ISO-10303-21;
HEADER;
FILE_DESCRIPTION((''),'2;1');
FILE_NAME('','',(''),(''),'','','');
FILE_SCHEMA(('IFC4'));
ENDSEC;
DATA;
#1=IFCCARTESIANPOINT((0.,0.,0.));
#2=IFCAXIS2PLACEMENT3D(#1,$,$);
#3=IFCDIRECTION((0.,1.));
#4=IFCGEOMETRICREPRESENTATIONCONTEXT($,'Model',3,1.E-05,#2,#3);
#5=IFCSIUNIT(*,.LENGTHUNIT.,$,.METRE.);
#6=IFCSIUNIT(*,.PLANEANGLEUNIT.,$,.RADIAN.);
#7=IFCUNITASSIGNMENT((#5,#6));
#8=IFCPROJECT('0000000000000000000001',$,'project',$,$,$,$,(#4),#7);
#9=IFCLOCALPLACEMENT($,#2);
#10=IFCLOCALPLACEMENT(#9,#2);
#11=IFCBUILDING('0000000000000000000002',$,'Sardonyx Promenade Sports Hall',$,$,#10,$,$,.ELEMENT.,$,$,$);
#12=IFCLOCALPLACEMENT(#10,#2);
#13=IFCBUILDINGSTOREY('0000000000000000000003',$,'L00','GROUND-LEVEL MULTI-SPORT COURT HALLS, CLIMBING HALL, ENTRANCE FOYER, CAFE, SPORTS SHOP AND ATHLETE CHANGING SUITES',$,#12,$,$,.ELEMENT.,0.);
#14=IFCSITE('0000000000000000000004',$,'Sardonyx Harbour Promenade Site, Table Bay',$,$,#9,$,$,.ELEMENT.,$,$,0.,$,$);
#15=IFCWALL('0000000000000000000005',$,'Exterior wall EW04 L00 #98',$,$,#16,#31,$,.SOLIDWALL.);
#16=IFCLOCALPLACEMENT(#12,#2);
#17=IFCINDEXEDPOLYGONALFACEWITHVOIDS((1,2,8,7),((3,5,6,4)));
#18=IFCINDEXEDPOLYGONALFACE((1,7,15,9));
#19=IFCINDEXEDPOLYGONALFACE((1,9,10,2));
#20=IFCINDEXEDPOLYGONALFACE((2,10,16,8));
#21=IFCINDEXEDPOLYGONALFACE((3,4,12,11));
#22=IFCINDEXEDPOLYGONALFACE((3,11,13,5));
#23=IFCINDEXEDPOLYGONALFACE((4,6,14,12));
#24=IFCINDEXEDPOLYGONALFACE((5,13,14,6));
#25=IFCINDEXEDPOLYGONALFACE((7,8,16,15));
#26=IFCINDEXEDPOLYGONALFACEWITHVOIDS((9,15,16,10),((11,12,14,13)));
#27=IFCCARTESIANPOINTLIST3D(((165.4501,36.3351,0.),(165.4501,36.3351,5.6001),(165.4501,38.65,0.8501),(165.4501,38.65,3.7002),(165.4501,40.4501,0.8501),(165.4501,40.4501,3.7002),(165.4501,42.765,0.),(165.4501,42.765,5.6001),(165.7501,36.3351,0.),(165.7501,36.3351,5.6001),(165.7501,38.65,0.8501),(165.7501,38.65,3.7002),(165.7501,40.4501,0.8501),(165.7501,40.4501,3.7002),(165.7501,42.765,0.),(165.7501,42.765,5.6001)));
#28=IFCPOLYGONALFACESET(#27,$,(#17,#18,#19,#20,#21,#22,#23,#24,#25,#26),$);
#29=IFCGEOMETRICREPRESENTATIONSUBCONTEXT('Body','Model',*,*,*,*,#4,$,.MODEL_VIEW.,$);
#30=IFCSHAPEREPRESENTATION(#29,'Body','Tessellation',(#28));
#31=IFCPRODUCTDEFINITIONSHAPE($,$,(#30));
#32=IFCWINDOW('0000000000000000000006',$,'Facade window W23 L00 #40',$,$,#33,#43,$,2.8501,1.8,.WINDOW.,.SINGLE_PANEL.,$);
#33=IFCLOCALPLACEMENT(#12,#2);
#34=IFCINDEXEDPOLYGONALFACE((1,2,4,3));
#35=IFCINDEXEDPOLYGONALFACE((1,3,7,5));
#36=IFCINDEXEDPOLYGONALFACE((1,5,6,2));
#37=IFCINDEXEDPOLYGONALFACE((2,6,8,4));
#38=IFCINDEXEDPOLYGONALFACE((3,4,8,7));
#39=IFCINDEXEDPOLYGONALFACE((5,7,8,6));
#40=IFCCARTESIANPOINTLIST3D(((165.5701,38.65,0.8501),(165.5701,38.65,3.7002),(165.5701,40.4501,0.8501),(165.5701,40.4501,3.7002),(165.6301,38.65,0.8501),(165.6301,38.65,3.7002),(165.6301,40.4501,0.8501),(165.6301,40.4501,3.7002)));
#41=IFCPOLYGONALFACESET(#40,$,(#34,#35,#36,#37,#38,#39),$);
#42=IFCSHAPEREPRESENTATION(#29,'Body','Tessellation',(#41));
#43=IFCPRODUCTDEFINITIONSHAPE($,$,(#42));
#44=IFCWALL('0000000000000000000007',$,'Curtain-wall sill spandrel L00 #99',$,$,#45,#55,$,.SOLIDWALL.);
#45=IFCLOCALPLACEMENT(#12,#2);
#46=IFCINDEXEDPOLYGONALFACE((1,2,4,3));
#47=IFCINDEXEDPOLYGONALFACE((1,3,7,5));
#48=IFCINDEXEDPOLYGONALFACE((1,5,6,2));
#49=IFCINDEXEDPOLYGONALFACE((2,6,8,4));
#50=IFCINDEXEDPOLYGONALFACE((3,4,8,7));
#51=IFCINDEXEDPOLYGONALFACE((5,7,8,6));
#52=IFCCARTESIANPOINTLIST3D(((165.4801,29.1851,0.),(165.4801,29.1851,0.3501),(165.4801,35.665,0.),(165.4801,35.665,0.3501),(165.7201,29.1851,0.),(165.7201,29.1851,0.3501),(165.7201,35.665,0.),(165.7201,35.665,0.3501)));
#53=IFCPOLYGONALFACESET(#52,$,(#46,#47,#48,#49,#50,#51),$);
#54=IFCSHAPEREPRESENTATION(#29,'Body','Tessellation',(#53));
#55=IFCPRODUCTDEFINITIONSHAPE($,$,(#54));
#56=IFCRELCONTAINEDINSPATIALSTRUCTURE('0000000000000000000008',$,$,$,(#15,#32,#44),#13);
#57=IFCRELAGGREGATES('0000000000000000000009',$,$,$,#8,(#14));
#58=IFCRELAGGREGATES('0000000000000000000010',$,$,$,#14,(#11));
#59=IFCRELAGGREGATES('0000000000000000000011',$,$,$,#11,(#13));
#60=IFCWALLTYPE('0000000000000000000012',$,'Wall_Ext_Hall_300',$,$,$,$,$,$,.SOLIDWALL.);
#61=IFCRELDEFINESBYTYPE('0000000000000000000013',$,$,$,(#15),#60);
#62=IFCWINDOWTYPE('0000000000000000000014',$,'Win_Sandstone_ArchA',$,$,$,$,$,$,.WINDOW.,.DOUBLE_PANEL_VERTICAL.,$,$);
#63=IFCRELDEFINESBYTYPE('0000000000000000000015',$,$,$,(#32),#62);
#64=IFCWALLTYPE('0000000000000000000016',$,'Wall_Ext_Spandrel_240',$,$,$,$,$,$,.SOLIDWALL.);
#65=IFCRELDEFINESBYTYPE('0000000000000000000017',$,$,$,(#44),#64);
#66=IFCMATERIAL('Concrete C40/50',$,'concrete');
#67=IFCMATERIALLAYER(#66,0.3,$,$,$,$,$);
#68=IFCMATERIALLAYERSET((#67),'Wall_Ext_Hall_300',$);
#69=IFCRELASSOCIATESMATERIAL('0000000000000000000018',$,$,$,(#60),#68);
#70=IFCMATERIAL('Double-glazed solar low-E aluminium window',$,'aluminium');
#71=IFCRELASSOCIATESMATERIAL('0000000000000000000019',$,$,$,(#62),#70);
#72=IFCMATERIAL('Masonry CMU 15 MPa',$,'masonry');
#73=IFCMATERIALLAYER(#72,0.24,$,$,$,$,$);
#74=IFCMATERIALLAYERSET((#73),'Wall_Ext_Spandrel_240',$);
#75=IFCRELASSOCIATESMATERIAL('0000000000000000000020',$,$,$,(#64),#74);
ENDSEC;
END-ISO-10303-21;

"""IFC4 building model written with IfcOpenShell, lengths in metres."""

from ifc_helpers import new_model, si_unit, direction, frame, frame_2d, origin, place, context, subcontext, project, spatial, rectangle, extrude, material, layer, layer_set, type_object, element, fill, save


model = new_model("IFC4")

# Units and contexts
model_context = context("Model", 3, precision=1e-05, world=origin(), true_north=direction((0.0, 1.0)))
body_context = subcontext(model_context, "Body", "Model", "MODEL_VIEW")
ifc_project = project(units=[si_unit("LENGTHUNIT", "METRE"), si_unit("PLANEANGLEUNIT", "RADIAN")], contexts=[model_context])

# Site, building, storey
site_placement = place(None, origin())
site = spatial("IfcSite", under=ifc_project, at=site_placement, Name="Sardonyx Harbour Promenade Site, Table Bay", CompositionType="ELEMENT", RefElevation=0.0)
building_placement = place(site_placement, origin())
building = spatial("IfcBuilding", under=site, at=building_placement, Name="Sardonyx Promenade Sports Hall", CompositionType="ELEMENT")
storey_placement = place(building_placement, origin())
storey = spatial("IfcBuildingStorey", under=building, at=storey_placement, Name="L00", Description="GROUND-LEVEL MULTI-SPORT COURT HALLS, CLIMBING HALL, ENTRANCE FOYER, CAFE, SPORTS SHOP AND ATHLETE CHANGING SUITES", CompositionType="ELEMENT", Elevation=0.0)

# Wall, opening, window
ifc_material_1 = material(Name="Concrete C40/50", Category="concrete")
ifc_layer_1 = layer(ifc_material_1, 0.3)
ifc_layer_set_1 = layer_set([ifc_layer_1], Name="Wall_Ext_Hall_300")
wall_type_1 = type_object("IfcWallType", Name="Wall_Ext_Hall_300", PredefinedType="SOLIDWALL", material=ifc_layer_set_1)
wall_1_placement = place(storey_placement, frame((165.6001, 42.7649, 0.0), z_axis=(0.0, 0.0, 1.0), x_axis=(0.0, -1.0, 0.0)))
wall_1 = element("IfcWall", 1, at=wall_1_placement, inside=storey, type_object=wall_type_1, Name="Exterior wall EW04 L00 #98", PredefinedType="SOLIDWALL", context=body_context, shape_type="SweptSolid", body=[
    extrude(rectangle(XDim=6.4299, YDim=0.3, at=frame_2d((3.2148, 0.0))), origin(), (0.0, 0.0, 1.0), 5.6001),
])
opening_placement = place(wall_1_placement, frame((2.3149, 0.0, 0.8501)))
opening = element("IfcOpeningElement", 2, at=opening_placement, cuts=wall_1, PredefinedType="OPENING", context=body_context, shape_type="SweptSolid", body=[
    extrude(rectangle(XDim=1.8, YDim=2.8501, at=frame_2d((0.8999, 1.425))), frame((0.0, 0.16, 0.0), z_axis=(0.0, -1.0, 0.0), x_axis=(1.0, 0.0, 0.0)), (0.0, 0.0, 1.0), 0.32),
])
ifc_material_2 = material(Name="Double-glazed solar low-E aluminium window", Category="aluminium")
window_type = type_object("IfcWindowType", Name="Win_Sandstone_ArchA", PartitioningType="DOUBLE_PANEL_VERTICAL", PredefinedType="WINDOW", material=ifc_material_2)
window_placement = place(opening_placement, origin())
window = element("IfcWindow", 3, at=window_placement, inside=storey, type_object=window_type, Name="Facade window W23 L00 #40", OverallHeight=2.8501, OverallWidth=1.8, PartitioningType="SINGLE_PANEL", PredefinedType="WINDOW", context=body_context, shape_type="SweptSolid", body=[
    extrude(rectangle(XDim=1.8, YDim=2.8501, at=frame_2d((0.8999, 1.425))), frame((0.0, 0.03, 0.0), z_axis=(0.0, -1.0, 0.0), x_axis=(1.0, 0.0, 0.0)), (0.0, 0.0, 1.0), 0.0601),
])
fill(opening, window)

# Wall
ifc_material_3 = material(Name="Masonry CMU 15 MPa", Category="masonry")
ifc_layer_2 = layer(ifc_material_3, 0.24)
ifc_layer_set_2 = layer_set([ifc_layer_2], Name="Wall_Ext_Spandrel_240")
wall_type_2 = type_object("IfcWallType", Name="Wall_Ext_Spandrel_240", PredefinedType="SOLIDWALL", material=ifc_layer_set_2)
wall_2_placement = place(storey_placement, frame((165.6001, 35.665, 0.0), z_axis=(0.0, 0.0, 1.0), x_axis=(0.0, -1.0, 0.0)))
element("IfcWall", 4, at=wall_2_placement, inside=storey, type_object=wall_type_2, Name="Curtain-wall sill spandrel L00 #99", PredefinedType="SOLIDWALL", context=body_context, shape_type="SweptSolid", body=[
    extrude(rectangle(XDim=6.48, YDim=0.24, at=frame_2d((3.24, 0.0))), origin(), (0.0, 0.0, 1.0), 0.3501),
])

save(model, "model.ifc")
